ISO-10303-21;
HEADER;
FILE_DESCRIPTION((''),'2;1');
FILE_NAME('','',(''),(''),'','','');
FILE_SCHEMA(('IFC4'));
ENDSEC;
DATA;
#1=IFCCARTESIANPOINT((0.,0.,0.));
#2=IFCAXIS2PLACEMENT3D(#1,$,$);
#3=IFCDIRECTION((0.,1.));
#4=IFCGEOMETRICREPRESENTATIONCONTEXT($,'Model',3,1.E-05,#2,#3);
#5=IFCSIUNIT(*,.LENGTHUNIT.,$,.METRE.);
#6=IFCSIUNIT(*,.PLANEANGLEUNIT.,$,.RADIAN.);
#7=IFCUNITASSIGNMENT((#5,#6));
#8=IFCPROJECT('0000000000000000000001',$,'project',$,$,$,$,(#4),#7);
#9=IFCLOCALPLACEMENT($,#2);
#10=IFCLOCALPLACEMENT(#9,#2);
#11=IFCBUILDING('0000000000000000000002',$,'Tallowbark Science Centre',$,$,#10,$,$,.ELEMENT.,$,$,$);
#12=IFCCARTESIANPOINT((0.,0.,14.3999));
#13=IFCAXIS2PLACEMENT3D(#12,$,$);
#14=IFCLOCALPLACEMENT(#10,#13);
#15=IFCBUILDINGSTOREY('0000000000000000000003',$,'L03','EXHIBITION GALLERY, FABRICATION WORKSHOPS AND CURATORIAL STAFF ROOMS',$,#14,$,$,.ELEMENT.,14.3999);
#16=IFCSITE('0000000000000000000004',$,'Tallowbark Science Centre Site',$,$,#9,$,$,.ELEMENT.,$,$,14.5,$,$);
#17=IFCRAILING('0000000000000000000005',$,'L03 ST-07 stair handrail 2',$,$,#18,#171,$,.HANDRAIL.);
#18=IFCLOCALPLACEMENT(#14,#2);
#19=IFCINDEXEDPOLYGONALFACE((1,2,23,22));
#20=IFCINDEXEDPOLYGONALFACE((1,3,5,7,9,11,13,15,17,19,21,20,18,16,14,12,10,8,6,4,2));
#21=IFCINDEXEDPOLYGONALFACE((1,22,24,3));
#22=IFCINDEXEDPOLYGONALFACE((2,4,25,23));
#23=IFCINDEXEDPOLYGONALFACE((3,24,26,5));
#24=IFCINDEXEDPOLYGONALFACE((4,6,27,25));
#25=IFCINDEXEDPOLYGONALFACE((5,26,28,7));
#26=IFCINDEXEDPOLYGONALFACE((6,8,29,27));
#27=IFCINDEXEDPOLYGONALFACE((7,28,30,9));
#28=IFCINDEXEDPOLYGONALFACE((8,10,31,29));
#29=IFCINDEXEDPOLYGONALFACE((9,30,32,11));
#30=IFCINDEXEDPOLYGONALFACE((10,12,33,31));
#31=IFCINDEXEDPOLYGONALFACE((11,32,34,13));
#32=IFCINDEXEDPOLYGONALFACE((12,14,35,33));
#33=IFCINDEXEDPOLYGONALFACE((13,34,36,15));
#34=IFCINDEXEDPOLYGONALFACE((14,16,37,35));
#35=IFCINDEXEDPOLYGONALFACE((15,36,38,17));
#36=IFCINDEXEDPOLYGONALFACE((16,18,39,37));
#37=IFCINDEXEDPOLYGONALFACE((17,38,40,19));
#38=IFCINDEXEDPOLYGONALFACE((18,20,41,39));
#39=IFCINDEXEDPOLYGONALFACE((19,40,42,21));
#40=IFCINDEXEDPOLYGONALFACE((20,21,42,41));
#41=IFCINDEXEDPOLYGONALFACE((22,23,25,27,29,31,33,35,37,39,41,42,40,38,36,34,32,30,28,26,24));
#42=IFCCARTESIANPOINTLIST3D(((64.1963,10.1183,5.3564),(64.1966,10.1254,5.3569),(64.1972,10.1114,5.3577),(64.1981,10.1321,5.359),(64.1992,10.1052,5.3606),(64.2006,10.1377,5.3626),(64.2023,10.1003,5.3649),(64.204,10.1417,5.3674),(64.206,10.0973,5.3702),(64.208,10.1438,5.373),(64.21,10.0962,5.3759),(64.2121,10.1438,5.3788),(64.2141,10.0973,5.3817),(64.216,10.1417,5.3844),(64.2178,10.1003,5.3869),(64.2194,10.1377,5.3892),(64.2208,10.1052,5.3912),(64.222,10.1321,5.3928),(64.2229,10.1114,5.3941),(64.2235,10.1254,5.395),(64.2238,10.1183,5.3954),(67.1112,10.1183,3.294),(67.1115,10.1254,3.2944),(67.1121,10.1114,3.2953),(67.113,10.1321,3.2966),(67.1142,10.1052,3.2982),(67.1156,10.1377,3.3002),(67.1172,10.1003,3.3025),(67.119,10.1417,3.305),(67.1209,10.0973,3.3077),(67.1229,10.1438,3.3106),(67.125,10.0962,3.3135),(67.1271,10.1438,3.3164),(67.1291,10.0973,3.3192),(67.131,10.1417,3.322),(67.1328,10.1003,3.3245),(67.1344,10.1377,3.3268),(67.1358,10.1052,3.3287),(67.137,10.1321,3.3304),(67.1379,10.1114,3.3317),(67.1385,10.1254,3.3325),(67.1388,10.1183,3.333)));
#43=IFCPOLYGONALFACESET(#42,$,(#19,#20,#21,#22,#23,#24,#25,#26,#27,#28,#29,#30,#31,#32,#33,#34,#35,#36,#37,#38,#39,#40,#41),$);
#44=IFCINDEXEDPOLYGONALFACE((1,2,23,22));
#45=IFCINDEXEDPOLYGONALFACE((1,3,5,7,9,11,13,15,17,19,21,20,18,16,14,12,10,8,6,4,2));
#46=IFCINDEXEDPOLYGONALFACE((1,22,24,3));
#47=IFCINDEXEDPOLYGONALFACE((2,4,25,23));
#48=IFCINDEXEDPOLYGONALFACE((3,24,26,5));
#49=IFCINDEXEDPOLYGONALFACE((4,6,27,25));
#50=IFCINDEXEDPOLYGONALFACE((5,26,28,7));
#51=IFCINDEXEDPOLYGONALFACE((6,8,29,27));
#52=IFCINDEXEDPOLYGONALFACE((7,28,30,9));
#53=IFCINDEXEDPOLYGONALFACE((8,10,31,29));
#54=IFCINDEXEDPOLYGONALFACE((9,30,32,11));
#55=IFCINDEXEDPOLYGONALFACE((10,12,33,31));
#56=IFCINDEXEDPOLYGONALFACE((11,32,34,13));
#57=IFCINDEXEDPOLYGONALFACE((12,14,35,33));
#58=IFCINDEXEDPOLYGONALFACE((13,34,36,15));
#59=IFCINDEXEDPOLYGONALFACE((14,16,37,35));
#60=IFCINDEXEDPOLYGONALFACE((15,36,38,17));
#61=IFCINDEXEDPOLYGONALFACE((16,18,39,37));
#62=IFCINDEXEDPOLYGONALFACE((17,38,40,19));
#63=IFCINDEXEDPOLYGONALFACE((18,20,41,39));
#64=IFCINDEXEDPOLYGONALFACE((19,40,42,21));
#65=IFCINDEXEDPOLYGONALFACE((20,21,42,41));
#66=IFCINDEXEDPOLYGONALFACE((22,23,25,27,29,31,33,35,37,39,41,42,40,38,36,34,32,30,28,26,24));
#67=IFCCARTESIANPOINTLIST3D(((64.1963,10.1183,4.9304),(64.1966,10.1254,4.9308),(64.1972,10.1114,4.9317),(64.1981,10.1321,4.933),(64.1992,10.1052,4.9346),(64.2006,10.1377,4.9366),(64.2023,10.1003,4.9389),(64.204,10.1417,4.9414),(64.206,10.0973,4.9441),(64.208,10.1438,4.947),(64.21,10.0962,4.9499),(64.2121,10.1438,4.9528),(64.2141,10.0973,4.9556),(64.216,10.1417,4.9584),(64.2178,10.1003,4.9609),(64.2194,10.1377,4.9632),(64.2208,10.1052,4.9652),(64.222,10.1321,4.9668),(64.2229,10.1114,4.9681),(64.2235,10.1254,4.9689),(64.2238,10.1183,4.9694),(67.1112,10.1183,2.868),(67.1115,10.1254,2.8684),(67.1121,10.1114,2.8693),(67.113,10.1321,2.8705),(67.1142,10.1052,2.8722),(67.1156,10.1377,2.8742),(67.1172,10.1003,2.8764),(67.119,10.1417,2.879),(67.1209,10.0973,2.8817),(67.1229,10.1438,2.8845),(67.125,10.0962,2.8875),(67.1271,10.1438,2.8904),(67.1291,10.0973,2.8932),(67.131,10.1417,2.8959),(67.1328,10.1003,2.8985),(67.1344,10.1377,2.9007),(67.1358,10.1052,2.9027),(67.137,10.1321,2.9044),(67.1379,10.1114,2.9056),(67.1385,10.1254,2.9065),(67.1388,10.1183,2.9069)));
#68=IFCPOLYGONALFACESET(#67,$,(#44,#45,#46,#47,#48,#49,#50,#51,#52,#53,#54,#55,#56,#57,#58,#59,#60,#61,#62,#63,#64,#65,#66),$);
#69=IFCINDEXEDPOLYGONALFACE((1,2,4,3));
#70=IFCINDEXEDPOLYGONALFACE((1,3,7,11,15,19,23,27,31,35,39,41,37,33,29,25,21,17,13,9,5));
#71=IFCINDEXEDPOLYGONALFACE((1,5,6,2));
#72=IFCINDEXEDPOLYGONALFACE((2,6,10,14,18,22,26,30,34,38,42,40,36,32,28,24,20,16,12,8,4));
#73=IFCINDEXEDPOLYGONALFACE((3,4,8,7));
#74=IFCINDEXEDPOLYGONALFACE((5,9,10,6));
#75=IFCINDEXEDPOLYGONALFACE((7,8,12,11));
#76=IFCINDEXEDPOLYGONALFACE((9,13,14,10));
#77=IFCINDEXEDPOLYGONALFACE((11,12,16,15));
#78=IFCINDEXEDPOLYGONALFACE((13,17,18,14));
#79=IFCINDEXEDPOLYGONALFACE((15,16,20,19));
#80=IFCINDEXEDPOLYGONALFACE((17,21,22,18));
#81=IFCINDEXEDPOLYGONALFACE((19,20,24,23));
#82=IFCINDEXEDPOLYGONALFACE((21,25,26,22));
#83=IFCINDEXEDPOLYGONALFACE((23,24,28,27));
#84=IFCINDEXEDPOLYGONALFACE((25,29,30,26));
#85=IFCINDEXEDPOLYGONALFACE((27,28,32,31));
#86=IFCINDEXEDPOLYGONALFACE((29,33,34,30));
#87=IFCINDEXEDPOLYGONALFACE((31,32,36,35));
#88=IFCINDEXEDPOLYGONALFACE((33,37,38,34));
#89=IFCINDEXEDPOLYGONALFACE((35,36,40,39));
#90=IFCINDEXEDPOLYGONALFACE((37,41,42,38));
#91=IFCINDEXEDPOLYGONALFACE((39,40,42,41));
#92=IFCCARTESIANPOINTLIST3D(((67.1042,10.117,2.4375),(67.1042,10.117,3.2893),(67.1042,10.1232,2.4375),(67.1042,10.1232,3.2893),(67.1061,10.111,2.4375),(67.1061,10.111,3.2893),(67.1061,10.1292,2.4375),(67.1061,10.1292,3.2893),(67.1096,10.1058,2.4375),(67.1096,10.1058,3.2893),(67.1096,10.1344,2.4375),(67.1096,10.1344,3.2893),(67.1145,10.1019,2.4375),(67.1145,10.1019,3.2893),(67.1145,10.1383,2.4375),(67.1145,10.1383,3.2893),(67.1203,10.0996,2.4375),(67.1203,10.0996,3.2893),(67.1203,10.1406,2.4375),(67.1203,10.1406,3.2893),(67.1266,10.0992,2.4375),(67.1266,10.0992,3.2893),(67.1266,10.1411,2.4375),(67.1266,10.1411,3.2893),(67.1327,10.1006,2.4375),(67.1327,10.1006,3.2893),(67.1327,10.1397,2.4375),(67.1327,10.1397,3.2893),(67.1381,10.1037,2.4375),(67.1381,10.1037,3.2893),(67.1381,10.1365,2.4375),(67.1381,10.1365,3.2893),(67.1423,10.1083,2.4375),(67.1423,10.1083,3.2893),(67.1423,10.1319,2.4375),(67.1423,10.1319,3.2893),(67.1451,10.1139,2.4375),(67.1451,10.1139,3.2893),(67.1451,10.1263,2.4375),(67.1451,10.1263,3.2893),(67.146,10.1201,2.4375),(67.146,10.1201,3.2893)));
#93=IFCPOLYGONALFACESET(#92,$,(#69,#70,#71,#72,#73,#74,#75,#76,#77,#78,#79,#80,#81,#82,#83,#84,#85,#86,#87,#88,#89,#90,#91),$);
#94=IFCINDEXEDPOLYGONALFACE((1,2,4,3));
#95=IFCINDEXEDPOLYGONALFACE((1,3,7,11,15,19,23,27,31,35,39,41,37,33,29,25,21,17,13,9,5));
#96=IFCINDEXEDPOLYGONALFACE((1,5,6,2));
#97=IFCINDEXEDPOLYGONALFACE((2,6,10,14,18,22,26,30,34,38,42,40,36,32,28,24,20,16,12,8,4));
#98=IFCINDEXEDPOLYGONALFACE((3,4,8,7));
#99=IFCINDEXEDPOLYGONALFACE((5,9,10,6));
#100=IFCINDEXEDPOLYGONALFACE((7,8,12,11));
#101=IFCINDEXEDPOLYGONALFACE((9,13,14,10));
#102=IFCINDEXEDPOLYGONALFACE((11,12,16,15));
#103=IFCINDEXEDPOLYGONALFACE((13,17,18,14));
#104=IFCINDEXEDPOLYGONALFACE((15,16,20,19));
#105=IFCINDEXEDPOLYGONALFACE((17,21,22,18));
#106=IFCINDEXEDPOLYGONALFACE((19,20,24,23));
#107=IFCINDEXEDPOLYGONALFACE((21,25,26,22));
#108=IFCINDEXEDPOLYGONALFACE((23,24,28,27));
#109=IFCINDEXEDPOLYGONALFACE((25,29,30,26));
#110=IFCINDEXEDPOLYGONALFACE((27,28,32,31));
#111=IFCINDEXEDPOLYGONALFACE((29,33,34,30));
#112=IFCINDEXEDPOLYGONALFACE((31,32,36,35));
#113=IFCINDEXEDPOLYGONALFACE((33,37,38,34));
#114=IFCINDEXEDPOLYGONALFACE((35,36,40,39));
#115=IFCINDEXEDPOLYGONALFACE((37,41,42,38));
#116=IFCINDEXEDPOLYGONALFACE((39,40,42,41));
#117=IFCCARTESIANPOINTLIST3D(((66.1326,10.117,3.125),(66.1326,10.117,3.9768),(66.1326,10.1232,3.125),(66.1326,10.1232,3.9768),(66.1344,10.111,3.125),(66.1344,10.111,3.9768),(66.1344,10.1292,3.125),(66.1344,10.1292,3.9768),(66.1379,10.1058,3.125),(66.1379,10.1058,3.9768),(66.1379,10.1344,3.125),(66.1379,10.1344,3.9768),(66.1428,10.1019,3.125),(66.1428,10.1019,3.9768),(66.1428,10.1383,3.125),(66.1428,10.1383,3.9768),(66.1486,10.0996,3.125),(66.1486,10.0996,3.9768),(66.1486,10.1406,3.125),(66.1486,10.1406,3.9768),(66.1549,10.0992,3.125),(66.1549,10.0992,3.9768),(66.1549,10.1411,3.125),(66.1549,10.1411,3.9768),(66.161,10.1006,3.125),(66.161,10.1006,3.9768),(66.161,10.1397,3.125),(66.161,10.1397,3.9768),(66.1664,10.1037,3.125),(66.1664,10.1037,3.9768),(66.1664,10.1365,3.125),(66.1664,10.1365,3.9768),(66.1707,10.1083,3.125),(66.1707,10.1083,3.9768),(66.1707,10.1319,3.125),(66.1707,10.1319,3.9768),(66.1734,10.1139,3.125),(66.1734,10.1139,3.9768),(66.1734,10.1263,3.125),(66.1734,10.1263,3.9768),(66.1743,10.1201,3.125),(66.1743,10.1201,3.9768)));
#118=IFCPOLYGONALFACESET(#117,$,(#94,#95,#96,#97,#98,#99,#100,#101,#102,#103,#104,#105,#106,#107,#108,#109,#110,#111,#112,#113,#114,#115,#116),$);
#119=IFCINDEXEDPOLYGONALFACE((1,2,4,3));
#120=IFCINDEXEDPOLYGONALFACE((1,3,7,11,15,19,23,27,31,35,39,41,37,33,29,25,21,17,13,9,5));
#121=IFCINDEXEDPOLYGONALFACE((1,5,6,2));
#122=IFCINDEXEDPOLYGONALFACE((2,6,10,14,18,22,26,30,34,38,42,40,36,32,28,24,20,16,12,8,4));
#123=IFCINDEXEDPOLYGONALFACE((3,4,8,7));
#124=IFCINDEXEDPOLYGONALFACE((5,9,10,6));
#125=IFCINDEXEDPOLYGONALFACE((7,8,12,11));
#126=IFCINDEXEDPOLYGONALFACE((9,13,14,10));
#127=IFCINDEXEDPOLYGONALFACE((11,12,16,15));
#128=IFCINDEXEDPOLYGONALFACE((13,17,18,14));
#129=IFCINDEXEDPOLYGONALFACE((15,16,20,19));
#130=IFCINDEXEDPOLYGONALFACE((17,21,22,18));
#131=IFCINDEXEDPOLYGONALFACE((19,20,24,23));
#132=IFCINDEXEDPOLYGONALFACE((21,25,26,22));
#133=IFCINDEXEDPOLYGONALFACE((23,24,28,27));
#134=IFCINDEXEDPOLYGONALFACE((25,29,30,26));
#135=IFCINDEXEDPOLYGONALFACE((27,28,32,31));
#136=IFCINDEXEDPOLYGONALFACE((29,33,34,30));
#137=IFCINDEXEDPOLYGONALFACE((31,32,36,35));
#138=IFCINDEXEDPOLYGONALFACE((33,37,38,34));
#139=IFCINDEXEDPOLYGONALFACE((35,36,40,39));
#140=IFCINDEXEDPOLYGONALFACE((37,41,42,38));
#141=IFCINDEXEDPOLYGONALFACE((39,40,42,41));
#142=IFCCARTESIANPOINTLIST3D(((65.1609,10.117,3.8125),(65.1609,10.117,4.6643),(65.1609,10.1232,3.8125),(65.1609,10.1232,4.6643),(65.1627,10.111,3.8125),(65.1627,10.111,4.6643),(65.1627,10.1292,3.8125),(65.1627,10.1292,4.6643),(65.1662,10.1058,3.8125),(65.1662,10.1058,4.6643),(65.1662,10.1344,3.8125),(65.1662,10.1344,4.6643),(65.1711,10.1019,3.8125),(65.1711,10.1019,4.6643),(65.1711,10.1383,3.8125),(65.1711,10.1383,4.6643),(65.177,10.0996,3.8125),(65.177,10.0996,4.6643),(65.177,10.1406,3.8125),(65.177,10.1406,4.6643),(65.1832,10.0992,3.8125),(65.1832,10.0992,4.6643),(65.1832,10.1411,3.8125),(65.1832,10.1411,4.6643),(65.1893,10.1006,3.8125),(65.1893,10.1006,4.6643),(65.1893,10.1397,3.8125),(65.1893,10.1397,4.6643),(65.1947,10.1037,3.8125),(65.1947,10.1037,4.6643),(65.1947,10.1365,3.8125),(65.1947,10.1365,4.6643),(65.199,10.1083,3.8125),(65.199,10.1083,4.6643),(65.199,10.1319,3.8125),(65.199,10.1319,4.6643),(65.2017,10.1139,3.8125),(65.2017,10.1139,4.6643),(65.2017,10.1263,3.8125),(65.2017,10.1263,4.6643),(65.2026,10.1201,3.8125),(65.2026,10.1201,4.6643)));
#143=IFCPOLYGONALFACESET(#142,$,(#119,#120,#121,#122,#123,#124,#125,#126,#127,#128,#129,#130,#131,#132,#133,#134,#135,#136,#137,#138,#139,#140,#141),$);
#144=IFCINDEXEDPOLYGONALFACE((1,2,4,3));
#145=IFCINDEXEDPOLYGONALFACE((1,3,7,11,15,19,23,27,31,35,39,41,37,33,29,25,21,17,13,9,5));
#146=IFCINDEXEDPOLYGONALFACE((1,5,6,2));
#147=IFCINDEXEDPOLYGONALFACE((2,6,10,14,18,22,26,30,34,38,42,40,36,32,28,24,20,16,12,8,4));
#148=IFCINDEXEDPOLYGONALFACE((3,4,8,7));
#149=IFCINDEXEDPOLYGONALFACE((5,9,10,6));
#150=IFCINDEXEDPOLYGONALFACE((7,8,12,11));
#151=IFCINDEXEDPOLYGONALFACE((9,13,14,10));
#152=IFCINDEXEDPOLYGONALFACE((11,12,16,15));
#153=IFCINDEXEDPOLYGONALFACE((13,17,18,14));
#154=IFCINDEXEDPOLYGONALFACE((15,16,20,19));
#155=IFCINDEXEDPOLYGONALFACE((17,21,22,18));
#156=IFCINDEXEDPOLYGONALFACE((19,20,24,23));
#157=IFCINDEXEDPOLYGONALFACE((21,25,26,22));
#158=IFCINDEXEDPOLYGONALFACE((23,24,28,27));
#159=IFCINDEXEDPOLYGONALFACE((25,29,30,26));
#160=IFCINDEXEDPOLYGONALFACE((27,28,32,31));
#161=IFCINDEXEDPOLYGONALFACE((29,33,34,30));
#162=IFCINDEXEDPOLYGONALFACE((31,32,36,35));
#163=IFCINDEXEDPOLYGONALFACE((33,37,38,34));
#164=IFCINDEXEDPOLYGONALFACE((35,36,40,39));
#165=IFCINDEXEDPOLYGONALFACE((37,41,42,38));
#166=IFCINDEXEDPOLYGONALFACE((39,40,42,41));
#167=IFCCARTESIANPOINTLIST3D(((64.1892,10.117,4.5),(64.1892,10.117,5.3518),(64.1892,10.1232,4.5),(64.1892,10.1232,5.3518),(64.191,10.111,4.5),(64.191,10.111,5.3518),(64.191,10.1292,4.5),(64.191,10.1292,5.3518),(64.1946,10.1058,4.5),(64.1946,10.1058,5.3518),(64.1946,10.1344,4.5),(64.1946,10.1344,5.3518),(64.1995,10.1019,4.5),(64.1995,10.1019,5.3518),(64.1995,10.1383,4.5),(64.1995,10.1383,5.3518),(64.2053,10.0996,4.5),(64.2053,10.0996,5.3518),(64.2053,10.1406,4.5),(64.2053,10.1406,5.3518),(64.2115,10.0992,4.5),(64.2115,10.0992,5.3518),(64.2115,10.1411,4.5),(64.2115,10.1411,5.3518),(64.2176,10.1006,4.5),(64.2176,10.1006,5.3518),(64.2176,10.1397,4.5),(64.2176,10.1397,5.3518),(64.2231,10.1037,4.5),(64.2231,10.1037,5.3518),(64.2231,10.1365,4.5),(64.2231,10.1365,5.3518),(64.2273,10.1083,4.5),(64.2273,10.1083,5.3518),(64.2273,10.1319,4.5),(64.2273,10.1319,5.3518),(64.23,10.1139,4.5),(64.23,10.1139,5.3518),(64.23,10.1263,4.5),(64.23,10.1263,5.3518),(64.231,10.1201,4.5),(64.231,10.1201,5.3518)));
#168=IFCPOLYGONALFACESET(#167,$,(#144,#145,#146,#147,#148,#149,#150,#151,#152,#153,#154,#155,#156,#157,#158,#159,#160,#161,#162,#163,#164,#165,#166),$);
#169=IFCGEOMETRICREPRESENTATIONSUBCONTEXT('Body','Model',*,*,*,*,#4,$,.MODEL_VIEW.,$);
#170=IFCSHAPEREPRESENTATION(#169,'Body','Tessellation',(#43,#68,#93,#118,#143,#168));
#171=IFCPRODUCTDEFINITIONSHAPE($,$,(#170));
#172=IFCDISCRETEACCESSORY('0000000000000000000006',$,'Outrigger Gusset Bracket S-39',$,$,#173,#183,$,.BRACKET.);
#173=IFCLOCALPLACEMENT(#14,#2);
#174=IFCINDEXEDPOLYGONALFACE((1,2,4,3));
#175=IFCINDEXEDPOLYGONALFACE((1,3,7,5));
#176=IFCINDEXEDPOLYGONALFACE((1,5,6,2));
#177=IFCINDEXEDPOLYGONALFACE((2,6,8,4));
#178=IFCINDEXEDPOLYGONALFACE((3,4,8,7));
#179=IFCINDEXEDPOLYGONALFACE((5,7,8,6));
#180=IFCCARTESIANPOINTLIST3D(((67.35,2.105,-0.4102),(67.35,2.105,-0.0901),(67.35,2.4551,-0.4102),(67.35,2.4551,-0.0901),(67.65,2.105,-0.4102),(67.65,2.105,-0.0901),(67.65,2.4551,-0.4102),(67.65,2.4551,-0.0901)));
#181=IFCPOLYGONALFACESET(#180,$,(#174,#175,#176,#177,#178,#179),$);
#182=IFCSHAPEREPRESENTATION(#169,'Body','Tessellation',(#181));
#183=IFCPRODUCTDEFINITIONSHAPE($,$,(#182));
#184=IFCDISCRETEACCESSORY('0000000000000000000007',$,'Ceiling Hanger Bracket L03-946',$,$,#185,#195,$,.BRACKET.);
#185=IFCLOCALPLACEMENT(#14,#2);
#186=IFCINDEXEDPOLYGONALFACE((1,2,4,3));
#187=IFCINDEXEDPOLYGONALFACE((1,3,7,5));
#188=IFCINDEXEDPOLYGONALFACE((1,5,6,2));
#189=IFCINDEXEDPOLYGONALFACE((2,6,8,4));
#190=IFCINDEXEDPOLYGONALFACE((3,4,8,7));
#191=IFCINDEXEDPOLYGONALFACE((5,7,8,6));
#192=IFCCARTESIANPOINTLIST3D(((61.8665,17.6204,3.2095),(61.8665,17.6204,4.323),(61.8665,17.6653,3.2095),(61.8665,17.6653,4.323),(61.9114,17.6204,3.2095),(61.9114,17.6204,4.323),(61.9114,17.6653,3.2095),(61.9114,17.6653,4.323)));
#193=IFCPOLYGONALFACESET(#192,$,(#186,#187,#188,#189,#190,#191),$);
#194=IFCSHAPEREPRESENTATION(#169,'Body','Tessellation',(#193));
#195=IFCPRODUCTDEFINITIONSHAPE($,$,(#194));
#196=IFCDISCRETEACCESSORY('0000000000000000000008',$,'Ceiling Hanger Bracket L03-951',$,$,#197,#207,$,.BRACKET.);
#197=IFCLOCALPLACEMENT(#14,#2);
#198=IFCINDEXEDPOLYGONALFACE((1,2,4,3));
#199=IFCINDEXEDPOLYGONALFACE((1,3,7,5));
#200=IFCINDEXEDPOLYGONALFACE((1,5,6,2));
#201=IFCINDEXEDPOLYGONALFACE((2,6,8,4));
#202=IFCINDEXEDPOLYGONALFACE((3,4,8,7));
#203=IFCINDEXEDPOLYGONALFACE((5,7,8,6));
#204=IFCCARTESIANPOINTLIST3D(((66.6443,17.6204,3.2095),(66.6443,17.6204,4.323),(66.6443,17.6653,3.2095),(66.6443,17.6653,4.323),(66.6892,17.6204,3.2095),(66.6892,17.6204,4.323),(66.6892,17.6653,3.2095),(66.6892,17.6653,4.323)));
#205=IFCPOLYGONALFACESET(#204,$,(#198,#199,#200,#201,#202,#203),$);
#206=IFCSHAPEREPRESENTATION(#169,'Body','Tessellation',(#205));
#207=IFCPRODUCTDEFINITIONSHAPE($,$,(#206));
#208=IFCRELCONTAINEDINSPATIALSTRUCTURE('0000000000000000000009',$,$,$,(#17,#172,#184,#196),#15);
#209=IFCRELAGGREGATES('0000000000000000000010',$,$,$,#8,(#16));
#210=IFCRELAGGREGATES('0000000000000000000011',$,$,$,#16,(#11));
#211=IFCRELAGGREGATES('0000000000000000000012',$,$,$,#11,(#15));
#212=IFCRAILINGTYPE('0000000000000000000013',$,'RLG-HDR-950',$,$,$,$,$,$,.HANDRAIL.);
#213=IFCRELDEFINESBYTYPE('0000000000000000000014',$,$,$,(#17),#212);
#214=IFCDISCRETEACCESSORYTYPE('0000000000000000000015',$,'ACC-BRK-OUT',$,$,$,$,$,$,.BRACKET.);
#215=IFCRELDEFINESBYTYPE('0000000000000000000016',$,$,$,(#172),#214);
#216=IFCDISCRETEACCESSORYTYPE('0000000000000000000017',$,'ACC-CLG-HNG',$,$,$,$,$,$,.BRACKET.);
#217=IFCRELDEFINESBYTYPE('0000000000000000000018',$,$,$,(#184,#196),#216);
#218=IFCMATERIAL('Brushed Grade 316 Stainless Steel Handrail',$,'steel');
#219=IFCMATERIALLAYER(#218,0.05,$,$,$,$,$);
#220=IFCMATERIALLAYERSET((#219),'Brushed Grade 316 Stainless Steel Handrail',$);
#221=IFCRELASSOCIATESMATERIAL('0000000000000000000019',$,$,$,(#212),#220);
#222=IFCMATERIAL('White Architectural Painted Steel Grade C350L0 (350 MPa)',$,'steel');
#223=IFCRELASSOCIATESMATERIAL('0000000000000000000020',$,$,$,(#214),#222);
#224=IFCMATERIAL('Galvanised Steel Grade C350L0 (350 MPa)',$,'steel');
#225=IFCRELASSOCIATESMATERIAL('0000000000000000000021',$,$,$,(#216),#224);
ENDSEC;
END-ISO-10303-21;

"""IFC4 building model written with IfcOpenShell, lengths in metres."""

from ifc_helpers import new_model, si_unit, direction, frame, origin, origin_2d, place, context, subcontext, project, spatial, rectangle, circle, extrude, material, layer, layer_set, type_object, element, save


model = new_model("IFC4")

# Units and contexts
model_context = context("Model", 3, precision=1e-05, world=origin(), true_north=direction((0.0, 1.0)))
body_context = subcontext(model_context, "Body", "Model", "MODEL_VIEW")
ifc_project = project(units=[si_unit("LENGTHUNIT", "METRE"), si_unit("PLANEANGLEUNIT", "RADIAN")], contexts=[model_context])

# Site, building, storey
site_placement = place(None, origin())
site = spatial("IfcSite", under=ifc_project, at=site_placement, Name="Tallowbark Science Centre Site", CompositionType="ELEMENT", RefElevation=14.5)
building_placement = place(site_placement, origin())
building = spatial("IfcBuilding", under=site, at=building_placement, Name="Tallowbark Science Centre", CompositionType="ELEMENT")
storey_placement = place(building_placement, frame((0.0, 0.0, 14.3999)))
storey = spatial("IfcBuildingStorey", under=building, at=storey_placement, Name="L03", Description="EXHIBITION GALLERY, FABRICATION WORKSHOPS AND CURATORIAL STAFF ROOMS", CompositionType="ELEMENT", Elevation=14.3999)

# Shared definitions
ifc_material_1 = material(Name="White Architectural Painted Steel Grade C350L0 (350 MPa)", Category="steel")

# Railing
ifc_material_2 = material(Name="Brushed Grade 316 Stainless Steel Handrail", Category="steel")
ifc_layer_1 = layer(ifc_material_2, 0.05)
ifc_layer_set_1 = layer_set([ifc_layer_1], Name="Brushed Grade 316 Stainless Steel Handrail")
railing_type_1 = type_object("IfcRailingType", Name="RLG-HDR-950", PredefinedType="HANDRAIL", material=ifc_layer_set_1)
railing_1_placement = place(storey_placement, frame((67.125, 10.1201, 2.4375)))
element("IfcRailing", 1, at=railing_1_placement, inside=storey, type_object=railing_type_1, Name="L03 ST-07 stair handrail 2", PredefinedType="HANDRAIL", context=body_context, shape_type="SweptSolid", body=[
    extrude(circle(Radius=0.0239, at=origin_2d()), frame((0.0, 0.0, 0.876), z_axis=(-0.816331, 0.0, 0.577585), x_axis=(0.0, -1.0, 0.0)), (0.0, 0.0, 1.0), 3.5708),
    extrude(circle(Radius=0.0239, at=origin_2d()), frame((0.0, 0.0, 0.45), z_axis=(-0.816331, 0.0, 0.577585), x_axis=(0.0, -1.0, 0.0)), (0.0, 0.0, 1.0), 3.5708),
    extrude(circle(Radius=0.021, at=origin_2d()), origin(), (0.0, 0.0, 1.0), 0.8518),
    extrude(circle(Radius=0.021, at=origin_2d()), frame((-0.9717, 0.0, 0.6875)), (0.0, 0.0, 1.0), 0.8518),
    extrude(circle(Radius=0.021, at=origin_2d()), frame((-1.9434, 0.0, 1.375)), (0.0, 0.0, 1.0), 0.8518),
    extrude(circle(Radius=0.021, at=origin_2d()), frame((-2.915, 0.0, 2.0625)), (0.0, 0.0, 1.0), 0.8518),
])

# Discrete accessories
discrete_accessory_type_1 = type_object("IfcDiscreteAccessoryType", Name="ACC-BRK-OUT", PredefinedType="BRACKET", material=ifc_material_1)
discrete_accessory_placement = place(storey_placement, frame((67.5, 2.28, -0.4102), z_axis=(0.0, 0.0, 1.0), x_axis=(1.0, 0.0, 0.0)))
element("IfcDiscreteAccessory", 2, at=discrete_accessory_placement, inside=storey, type_object=discrete_accessory_type_1, Name="Outrigger Gusset Bracket S-39", PredefinedType="BRACKET", context=body_context, shape_type="SweptSolid", body=[
    extrude(rectangle(XDim=0.3, YDim=0.3501, at=origin_2d()), origin(), (0.0, 0.0, 1.0), 0.3201),
])
ifc_material_3 = material(Name="Galvanised Steel Grade C350L0 (350 MPa)", Category="steel")
discrete_accessory_type_2 = type_object("IfcDiscreteAccessoryType", Name="ACC-CLG-HNG", PredefinedType="BRACKET", material=ifc_material_3)
for number, where, z_axis, x_axis, name in (
    (3, (61.8889, 17.6428, 3.2095), (0.0, 0.0, 1.0), (1.0, 0.0, 0.0), "Ceiling Hanger Bracket L03-946"),
    (4, (66.6667, 17.6428, 3.2095), (0.0, 0.0, 1.0), (1.0, 0.0, 0.0), "Ceiling Hanger Bracket L03-951"),
):
    element("IfcDiscreteAccessory", number, at=place(storey_placement, frame(where, z_axis=z_axis, x_axis=x_axis)), inside=storey, type_object=discrete_accessory_type_2, Name=name, PredefinedType="BRACKET", context=body_context, shape_type="SweptSolid", body=[
        extrude(rectangle(XDim=0.0449, YDim=0.0449, at=origin_2d()), origin(), (0.0, 0.0, 1.0), 1.1135),
    ])

save(model, "model.ifc")
